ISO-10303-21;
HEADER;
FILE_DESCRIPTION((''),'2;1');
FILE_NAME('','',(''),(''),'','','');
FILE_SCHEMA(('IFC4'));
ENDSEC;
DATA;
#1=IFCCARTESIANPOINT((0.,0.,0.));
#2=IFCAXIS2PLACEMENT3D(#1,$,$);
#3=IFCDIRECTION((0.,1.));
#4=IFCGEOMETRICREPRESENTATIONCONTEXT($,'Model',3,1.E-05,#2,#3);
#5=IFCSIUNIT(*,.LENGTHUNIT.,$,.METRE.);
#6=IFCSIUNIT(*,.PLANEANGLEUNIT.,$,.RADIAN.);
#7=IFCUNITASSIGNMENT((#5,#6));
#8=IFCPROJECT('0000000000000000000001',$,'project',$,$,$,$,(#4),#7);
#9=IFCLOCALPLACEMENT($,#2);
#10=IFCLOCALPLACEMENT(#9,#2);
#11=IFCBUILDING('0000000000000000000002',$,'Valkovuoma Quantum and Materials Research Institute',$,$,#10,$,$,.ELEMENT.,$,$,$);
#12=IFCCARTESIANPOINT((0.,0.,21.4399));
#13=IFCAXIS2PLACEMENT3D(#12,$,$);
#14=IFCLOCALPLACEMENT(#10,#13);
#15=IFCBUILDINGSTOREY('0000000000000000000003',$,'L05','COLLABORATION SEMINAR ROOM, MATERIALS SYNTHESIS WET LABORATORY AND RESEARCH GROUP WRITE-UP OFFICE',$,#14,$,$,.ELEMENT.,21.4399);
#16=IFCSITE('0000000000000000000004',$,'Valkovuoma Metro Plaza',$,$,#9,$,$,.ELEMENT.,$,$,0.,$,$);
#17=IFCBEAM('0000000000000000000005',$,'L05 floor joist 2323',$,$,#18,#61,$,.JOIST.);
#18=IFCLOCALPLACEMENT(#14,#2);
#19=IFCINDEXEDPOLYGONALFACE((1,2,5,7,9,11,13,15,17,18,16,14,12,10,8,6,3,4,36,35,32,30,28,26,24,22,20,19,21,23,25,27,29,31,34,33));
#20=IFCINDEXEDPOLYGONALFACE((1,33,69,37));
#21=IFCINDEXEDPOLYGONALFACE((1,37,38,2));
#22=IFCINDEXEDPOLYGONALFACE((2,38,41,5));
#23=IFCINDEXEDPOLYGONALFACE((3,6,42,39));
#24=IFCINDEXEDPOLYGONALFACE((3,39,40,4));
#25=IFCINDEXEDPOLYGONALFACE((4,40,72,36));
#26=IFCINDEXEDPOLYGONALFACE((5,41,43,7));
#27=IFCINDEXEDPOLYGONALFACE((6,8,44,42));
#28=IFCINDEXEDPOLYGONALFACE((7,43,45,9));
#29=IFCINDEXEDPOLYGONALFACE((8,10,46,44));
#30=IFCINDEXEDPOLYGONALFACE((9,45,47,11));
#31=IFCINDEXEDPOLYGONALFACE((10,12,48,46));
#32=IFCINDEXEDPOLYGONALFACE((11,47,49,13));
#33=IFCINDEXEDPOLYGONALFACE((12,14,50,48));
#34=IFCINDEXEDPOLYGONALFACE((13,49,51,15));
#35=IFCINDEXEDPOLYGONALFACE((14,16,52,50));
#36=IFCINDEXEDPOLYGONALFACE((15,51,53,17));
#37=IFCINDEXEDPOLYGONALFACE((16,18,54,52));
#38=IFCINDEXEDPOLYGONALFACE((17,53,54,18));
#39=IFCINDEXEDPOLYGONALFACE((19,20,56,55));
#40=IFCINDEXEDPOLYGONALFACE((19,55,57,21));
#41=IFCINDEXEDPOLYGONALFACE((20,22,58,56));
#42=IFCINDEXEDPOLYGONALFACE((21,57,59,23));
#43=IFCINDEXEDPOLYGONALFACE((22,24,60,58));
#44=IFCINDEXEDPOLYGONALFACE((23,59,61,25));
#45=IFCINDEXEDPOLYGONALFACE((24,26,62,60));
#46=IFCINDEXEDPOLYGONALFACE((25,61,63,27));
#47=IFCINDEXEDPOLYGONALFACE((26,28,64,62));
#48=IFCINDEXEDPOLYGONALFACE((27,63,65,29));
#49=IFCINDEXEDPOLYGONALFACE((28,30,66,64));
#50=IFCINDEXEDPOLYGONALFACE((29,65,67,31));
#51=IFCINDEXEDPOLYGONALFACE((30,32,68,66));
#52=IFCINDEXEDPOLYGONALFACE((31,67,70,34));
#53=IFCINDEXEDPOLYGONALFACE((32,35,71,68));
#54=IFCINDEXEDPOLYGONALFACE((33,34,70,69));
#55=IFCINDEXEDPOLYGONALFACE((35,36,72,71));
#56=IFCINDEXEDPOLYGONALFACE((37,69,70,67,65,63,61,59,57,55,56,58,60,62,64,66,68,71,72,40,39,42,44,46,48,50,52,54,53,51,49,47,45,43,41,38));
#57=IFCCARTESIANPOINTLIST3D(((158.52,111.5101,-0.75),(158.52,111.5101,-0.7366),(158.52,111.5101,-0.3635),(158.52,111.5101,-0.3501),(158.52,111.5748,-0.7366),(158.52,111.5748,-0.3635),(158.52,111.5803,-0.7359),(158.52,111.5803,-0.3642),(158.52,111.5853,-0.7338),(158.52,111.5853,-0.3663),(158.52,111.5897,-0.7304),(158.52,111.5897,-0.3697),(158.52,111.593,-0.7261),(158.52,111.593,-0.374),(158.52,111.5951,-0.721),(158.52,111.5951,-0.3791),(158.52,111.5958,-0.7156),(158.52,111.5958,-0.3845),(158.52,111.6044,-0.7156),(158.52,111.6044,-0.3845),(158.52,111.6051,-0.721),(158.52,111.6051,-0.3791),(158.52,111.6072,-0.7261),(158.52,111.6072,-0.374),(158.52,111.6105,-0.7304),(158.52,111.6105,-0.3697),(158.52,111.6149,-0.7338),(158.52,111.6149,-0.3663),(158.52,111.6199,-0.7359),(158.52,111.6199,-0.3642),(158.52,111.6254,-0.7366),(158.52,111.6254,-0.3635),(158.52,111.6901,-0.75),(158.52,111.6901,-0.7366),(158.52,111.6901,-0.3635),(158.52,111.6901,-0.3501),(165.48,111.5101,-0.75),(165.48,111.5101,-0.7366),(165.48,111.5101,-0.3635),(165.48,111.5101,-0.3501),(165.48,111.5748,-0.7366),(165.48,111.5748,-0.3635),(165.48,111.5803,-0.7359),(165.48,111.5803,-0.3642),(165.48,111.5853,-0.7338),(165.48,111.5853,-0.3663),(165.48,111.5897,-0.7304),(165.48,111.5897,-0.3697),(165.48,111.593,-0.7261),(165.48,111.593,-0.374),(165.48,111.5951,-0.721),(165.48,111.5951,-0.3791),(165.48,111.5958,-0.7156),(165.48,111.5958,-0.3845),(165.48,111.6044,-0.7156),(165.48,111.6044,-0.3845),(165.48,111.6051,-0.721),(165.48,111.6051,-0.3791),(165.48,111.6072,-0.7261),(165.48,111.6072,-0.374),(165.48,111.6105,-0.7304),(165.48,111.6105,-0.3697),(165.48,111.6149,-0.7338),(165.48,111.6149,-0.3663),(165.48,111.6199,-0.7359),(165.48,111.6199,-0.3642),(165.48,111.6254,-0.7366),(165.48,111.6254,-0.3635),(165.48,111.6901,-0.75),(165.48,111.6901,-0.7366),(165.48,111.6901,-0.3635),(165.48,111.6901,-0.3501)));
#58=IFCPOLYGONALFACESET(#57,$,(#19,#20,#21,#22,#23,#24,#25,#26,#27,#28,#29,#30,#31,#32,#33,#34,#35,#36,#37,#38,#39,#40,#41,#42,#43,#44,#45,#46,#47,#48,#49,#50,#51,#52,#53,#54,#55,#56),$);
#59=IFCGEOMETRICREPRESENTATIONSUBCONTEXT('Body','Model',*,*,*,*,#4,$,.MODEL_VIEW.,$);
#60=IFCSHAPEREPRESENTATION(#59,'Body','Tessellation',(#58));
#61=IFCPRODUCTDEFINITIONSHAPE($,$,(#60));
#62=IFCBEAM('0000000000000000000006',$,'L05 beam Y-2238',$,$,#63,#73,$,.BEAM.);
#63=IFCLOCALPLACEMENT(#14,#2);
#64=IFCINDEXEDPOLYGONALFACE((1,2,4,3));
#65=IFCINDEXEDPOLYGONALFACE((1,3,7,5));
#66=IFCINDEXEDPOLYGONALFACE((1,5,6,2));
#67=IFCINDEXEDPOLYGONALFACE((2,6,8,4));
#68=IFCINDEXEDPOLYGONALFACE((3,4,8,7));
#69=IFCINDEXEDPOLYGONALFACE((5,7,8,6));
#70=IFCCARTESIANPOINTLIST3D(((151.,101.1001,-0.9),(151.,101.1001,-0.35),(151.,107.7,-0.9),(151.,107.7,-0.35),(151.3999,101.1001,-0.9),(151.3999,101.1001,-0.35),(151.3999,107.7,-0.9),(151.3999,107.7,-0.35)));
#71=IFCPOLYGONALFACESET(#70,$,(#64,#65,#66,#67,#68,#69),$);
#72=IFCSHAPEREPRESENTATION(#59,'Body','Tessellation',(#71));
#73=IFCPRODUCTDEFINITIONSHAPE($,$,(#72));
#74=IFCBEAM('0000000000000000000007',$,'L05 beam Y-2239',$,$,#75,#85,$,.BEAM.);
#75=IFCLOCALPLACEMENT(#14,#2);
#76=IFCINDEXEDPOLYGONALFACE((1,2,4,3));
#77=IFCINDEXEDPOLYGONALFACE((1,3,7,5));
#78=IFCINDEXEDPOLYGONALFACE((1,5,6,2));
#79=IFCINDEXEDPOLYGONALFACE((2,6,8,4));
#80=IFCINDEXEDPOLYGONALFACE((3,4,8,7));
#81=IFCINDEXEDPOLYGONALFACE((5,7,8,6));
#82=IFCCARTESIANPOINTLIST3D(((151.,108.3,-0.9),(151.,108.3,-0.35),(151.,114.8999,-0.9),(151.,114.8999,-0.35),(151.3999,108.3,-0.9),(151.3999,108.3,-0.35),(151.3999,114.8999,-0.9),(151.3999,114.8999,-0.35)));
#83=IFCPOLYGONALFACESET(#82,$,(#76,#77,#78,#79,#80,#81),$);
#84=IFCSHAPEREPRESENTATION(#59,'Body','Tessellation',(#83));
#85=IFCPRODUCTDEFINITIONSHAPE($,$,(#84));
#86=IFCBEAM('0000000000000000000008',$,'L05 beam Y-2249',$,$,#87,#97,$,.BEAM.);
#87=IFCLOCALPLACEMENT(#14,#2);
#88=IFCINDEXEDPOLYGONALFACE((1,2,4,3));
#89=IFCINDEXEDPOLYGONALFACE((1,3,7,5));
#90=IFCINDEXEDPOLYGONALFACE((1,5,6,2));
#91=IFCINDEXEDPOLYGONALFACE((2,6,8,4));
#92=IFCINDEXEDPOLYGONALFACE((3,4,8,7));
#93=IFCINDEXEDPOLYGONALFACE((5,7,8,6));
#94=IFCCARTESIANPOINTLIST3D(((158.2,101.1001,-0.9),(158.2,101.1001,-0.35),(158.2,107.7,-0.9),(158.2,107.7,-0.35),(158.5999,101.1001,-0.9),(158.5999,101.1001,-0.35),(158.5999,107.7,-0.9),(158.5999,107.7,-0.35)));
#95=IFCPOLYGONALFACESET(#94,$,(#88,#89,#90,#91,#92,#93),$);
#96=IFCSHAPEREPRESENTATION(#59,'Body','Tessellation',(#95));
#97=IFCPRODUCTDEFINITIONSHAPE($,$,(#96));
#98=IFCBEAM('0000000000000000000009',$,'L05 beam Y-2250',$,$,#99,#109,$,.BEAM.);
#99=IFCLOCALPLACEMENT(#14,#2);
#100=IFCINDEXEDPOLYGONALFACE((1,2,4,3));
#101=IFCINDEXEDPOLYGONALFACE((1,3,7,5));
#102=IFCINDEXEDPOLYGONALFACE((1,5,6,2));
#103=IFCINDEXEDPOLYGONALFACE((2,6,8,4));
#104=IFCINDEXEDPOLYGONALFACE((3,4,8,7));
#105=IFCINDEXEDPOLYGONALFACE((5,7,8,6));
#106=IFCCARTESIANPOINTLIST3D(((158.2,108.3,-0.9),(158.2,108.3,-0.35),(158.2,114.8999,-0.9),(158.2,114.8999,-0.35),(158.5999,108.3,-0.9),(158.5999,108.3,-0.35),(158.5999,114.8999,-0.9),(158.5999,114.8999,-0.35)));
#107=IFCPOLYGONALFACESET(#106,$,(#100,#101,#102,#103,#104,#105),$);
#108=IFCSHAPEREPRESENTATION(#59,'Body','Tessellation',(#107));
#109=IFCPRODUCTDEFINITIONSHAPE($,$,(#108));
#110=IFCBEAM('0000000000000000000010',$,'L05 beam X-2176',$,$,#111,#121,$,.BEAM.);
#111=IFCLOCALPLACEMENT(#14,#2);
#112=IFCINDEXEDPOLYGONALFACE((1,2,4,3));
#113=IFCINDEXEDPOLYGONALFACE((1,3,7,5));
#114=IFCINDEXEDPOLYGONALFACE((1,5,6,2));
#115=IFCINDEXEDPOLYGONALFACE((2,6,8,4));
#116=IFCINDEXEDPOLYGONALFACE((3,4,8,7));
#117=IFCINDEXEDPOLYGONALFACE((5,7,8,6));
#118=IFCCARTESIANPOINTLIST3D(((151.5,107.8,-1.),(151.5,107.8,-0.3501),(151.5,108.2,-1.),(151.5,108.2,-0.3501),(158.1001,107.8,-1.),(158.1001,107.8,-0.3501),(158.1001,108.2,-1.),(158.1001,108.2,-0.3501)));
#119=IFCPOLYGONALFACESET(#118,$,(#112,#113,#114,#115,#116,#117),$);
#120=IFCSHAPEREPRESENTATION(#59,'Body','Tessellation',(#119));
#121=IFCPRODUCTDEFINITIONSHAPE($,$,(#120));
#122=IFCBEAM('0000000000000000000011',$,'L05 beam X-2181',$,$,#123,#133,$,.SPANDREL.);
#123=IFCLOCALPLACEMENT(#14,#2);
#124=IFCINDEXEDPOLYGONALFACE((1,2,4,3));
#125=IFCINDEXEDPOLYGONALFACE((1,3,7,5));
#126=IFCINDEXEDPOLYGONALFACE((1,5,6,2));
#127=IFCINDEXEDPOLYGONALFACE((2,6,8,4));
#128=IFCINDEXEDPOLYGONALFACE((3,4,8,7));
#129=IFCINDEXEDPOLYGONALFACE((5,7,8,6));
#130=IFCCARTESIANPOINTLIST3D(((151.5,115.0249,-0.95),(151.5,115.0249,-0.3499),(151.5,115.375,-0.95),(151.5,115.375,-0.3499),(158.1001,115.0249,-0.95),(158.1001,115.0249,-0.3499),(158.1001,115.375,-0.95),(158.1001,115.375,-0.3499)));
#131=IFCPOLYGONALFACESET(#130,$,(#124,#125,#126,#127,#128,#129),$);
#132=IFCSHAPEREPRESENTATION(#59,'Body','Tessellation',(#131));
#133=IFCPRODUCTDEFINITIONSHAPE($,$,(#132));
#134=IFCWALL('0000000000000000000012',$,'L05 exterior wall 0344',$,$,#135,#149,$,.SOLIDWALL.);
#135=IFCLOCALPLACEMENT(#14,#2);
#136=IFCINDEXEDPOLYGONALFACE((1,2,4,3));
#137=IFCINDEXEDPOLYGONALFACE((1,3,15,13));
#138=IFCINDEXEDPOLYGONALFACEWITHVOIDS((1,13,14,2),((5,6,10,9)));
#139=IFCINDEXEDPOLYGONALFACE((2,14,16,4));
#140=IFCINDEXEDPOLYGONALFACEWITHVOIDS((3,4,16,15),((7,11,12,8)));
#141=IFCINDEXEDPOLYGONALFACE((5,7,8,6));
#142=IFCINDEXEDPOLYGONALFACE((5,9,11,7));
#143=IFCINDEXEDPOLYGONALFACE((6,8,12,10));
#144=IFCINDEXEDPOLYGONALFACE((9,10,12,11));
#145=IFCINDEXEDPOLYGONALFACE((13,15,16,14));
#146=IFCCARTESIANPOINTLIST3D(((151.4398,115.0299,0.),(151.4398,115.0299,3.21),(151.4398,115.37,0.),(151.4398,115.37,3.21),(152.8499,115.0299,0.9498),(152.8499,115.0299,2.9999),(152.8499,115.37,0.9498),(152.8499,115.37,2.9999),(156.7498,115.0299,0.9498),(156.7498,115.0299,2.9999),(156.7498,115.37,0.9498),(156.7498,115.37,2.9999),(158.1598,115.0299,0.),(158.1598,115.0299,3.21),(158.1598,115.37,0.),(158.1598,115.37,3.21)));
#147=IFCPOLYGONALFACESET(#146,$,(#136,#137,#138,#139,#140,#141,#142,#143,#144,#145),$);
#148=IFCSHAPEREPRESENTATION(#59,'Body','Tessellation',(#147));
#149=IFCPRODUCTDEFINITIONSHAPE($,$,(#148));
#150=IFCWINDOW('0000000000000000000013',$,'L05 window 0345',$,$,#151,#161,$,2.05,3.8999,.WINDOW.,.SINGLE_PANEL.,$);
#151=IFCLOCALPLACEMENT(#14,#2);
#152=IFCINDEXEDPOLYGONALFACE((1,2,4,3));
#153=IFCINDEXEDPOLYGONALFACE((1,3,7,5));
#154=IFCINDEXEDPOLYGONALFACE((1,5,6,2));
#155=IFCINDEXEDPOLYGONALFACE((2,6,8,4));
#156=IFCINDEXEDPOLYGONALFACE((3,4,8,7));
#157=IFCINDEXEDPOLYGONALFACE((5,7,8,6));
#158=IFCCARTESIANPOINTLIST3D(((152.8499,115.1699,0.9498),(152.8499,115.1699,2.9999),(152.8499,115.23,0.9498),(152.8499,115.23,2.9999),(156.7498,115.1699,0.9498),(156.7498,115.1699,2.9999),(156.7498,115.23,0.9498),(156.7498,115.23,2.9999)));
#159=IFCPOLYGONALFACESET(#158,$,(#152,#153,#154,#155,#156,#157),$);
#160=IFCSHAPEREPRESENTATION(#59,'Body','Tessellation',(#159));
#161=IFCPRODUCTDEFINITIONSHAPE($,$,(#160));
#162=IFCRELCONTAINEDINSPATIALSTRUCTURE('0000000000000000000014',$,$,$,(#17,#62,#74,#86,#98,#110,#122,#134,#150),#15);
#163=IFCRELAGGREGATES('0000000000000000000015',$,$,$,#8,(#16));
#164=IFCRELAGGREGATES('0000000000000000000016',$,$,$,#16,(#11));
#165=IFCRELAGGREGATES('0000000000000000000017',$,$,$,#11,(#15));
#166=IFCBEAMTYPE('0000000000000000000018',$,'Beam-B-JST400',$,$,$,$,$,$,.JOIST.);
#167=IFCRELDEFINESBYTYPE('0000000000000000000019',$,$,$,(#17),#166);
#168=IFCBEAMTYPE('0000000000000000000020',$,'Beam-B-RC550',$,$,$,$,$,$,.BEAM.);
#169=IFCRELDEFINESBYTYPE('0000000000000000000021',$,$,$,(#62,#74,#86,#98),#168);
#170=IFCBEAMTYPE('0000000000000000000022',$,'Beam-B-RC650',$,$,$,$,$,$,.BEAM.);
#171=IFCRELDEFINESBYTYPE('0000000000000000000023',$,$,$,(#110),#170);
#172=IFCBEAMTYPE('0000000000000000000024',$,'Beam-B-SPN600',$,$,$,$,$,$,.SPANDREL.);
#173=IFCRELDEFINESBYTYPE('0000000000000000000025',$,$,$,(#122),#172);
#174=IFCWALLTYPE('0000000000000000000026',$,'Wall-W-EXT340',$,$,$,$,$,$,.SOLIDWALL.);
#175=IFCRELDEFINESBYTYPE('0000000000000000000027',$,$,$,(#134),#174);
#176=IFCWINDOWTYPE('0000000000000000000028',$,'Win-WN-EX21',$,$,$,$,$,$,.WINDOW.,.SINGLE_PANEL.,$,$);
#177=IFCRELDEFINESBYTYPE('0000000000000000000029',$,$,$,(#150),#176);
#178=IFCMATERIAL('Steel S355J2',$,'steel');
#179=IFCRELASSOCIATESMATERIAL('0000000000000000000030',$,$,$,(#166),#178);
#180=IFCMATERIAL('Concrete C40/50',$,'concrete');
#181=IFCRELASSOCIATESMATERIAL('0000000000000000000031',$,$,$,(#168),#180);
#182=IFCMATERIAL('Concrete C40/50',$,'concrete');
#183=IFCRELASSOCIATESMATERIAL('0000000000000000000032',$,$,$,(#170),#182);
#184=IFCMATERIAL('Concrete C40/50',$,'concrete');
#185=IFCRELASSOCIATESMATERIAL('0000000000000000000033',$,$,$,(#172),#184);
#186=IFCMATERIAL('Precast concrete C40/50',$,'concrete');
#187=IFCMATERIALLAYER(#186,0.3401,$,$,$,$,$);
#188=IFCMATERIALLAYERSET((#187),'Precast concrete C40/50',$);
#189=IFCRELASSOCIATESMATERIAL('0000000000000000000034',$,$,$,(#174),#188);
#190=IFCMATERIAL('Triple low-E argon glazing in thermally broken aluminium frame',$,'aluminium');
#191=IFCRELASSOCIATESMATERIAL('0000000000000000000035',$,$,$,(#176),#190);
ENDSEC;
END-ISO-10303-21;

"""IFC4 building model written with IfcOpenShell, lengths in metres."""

from ifc_helpers import new_model, si_unit, direction, frame, frame_2d, origin, origin_2d, place, context, subcontext, project, spatial, rectangle, i_section, extrude, material, layer, layer_set, material_profile, profile_set, type_object, element, fill, save


model = new_model("IFC4")

# Units and contexts
model_context = context("Model", 3, precision=1e-05, world=origin(), true_north=direction((0.0, 1.0)))
body_context = subcontext(model_context, "Body", "Model", "MODEL_VIEW")
ifc_project = project(units=[si_unit("LENGTHUNIT", "METRE"), si_unit("PLANEANGLEUNIT", "RADIAN")], contexts=[model_context])

# Site, building, storey
site_placement = place(None, origin())
site = spatial("IfcSite", under=ifc_project, at=site_placement, Name="Valkovuoma Metro Plaza", CompositionType="ELEMENT", RefElevation=0.0)
building_placement = place(site_placement, origin())
building = spatial("IfcBuilding", under=site, at=building_placement, Name="Valkovuoma Quantum and Materials Research Institute", CompositionType="ELEMENT")
storey_placement = place(building_placement, frame((0.0, 0.0, 21.4399)))
storey = spatial("IfcBuildingStorey", under=building, at=storey_placement, Name="L05", Description="COLLABORATION SEMINAR ROOM, MATERIALS SYNTHESIS WET LABORATORY AND RESEARCH GROUP WRITE-UP OFFICE", CompositionType="ELEMENT", Elevation=21.4399)

# Beams
ifc_material_1 = material(Name="Steel S355J2", Category="steel")
ifc_material_profile_1 = material_profile(ifc_material_1, i_section(OverallWidth=0.1799, OverallDepth=0.3999, WebThickness=0.0085, FlangeThickness=0.0134, FilletRadius=0.021, at=origin_2d()), Name="Steel S355J2")
ifc_profile_set_1 = profile_set([ifc_material_profile_1], Name="Steel S355J2")
beam_type_1 = type_object("IfcBeamType", Name="Beam-B-JST400", PredefinedType="JOIST", material=ifc_profile_set_1)
for number, where, z_axis, x_axis, name in (
    (1, (158.52, 111.6001, -0.55), (1.0, 0.0, 0.0), (0.0, 1.0, 0.0), "L05 floor joist 2323"),
):
    element("IfcBeam", number, at=place(storey_placement, frame(where, z_axis=z_axis, x_axis=x_axis)), inside=storey, type_object=beam_type_1, Name=name, PredefinedType="JOIST", context=body_context, shape_type="SweptSolid", body=[
        extrude(i_section(OverallWidth=0.1799, OverallDepth=0.3999, WebThickness=0.0085, FlangeThickness=0.0134, FilletRadius=0.021, at=origin_2d()), origin(), (0.0, 0.0, 1.0), 6.96),
    ])
ifc_material_2 = material(Name="Concrete C40/50", Category="concrete")
ifc_material_profile_2 = material_profile(ifc_material_2, rectangle(XDim=0.3999, YDim=0.55, at=origin_2d()), Name="Concrete C40/50")
ifc_profile_set_2 = profile_set([ifc_material_profile_2], Name="Concrete C40/50")
beam_type_2 = type_object("IfcBeamType", Name="Beam-B-RC550", PredefinedType="BEAM", material=ifc_profile_set_2)
for number, where, z_axis, x_axis, name in (
    (2, (151.2, 101.1001, -0.625), (0.0, 1.0, 0.0), (-1.0, 0.0, 0.0), "L05 beam Y-2238"),
    (3, (151.2, 108.3, -0.625), (0.0, 1.0, 0.0), (-1.0, 0.0, 0.0), "L05 beam Y-2239"),
    (4, (158.3999, 101.1001, -0.625), (0.0, 1.0, 0.0), (-1.0, 0.0, 0.0), "L05 beam Y-2249"),
    (5, (158.3999, 108.3, -0.625), (0.0, 1.0, 0.0), (-1.0, 0.0, 0.0), "L05 beam Y-2250"),
):
    element("IfcBeam", number, at=place(storey_placement, frame(where, z_axis=z_axis, x_axis=x_axis)), inside=storey, type_object=beam_type_2, Name=name, PredefinedType="BEAM", context=body_context, shape_type="SweptSolid", body=[
        extrude(rectangle(XDim=0.3999, YDim=0.55, at=origin_2d()), origin(), (0.0, 0.0, 1.0), 6.5999),
    ])
ifc_material_3 = material(Name="Concrete C40/50", Category="concrete")
ifc_material_profile_3 = material_profile(ifc_material_3, rectangle(XDim=0.3999, YDim=0.6499, at=origin_2d()), Name="Concrete C40/50")
ifc_profile_set_3 = profile_set([ifc_material_profile_3], Name="Concrete C40/50")
beam_type_3 = type_object("IfcBeamType", Name="Beam-B-RC650", PredefinedType="BEAM", material=ifc_profile_set_3)
beam_1_placement = place(storey_placement, frame((151.5, 108.0, -0.675), z_axis=(1.0, 0.0, 0.0), x_axis=(0.0, 1.0, 0.0)))
element("IfcBeam", 6, at=beam_1_placement, inside=storey, type_object=beam_type_3, Name="L05 beam X-2176", PredefinedType="BEAM", context=body_context, shape_type="SweptSolid", body=[
    extrude(rectangle(XDim=0.3999, YDim=0.6499, at=origin_2d()), origin(), (0.0, 0.0, 1.0), 6.6001),
])
ifc_material_4 = material(Name="Concrete C40/50", Category="concrete")
ifc_material_profile_4 = material_profile(ifc_material_4, rectangle(XDim=0.3501, YDim=0.6001, at=origin_2d()), Name="Concrete C40/50")
ifc_profile_set_4 = profile_set([ifc_material_profile_4], Name="Concrete C40/50")
beam_type_4 = type_object("IfcBeamType", Name="Beam-B-SPN600", PredefinedType="SPANDREL", material=ifc_profile_set_4)
beam_2_placement = place(storey_placement, frame((151.5, 115.2, -0.6499), z_axis=(1.0, 0.0, 0.0), x_axis=(0.0, 1.0, 0.0)))
element("IfcBeam", 7, at=beam_2_placement, inside=storey, type_object=beam_type_4, Name="L05 beam X-2181", PredefinedType="SPANDREL", context=body_context, shape_type="SweptSolid", body=[
    extrude(rectangle(XDim=0.3501, YDim=0.6001, at=origin_2d()), origin(), (0.0, 0.0, 1.0), 6.6001),
])

# Wall, opening, window
ifc_material_5 = material(Name="Precast concrete C40/50", Category="concrete")
ifc_layer_1 = layer(ifc_material_5, 0.3401)
ifc_layer_set_1 = layer_set([ifc_layer_1], Name="Precast concrete C40/50")
wall_type_1 = type_object("IfcWallType", Name="Wall-W-EXT340", PredefinedType="SOLIDWALL", material=ifc_layer_set_1)
wall_1_placement = place(storey_placement, frame((151.4399, 115.2, 0.0), z_axis=(0.0, 0.0, 1.0), x_axis=(1.0, 0.0, 0.0)))
wall_1 = element("IfcWall", 8, at=wall_1_placement, inside=storey, type_object=wall_type_1, Name="L05 exterior wall 0344", PredefinedType="SOLIDWALL", context=body_context, shape_type="SweptSolid", body=[
    extrude(rectangle(XDim=6.72, YDim=0.3401, at=frame_2d((3.3599, 0.0))), origin(), (0.0, 0.0, 1.0), 3.21),
])
opening_1_placement = place(wall_1_placement, frame((1.4099, 0.0, 0.95)))
opening_1 = element("IfcOpeningElement", 9, at=opening_1_placement, cuts=wall_1, PredefinedType="OPENING", context=body_context, shape_type="SweptSolid", body=[
    extrude(rectangle(XDim=3.8999, YDim=2.05, at=frame_2d((1.95, 1.0249))), frame((0.0, 0.1802, 0.0), z_axis=(0.0, -1.0, 0.0), x_axis=(1.0, 0.0, 0.0)), (0.0, 0.0, 1.0), 0.3601),
])
ifc_material_6 = material(Name="Triple low-E argon glazing in thermally broken aluminium frame", Category="aluminium")
window_type_1 = type_object("IfcWindowType", Name="Win-WN-EX21", PartitioningType="SINGLE_PANEL", PredefinedType="WINDOW", material=ifc_material_6)
window_1_placement = place(opening_1_placement, origin())
window_1 = element("IfcWindow", 10, at=window_1_placement, inside=storey, type_object=window_type_1, Name="L05 window 0345", OverallHeight=2.05, OverallWidth=3.8999, PartitioningType="SINGLE_PANEL", PredefinedType="WINDOW", context=body_context, shape_type="SweptSolid", body=[
    extrude(rectangle(XDim=3.8999, YDim=2.05, at=frame_2d((1.95, 1.0249))), frame((0.0, 0.03, 0.0), z_axis=(0.0, -1.0, 0.0), x_axis=(1.0, 0.0, 0.0)), (0.0, 0.0, 1.0), 0.0601),
])
fill(opening_1, window_1)

save(model, "model.ifc")
